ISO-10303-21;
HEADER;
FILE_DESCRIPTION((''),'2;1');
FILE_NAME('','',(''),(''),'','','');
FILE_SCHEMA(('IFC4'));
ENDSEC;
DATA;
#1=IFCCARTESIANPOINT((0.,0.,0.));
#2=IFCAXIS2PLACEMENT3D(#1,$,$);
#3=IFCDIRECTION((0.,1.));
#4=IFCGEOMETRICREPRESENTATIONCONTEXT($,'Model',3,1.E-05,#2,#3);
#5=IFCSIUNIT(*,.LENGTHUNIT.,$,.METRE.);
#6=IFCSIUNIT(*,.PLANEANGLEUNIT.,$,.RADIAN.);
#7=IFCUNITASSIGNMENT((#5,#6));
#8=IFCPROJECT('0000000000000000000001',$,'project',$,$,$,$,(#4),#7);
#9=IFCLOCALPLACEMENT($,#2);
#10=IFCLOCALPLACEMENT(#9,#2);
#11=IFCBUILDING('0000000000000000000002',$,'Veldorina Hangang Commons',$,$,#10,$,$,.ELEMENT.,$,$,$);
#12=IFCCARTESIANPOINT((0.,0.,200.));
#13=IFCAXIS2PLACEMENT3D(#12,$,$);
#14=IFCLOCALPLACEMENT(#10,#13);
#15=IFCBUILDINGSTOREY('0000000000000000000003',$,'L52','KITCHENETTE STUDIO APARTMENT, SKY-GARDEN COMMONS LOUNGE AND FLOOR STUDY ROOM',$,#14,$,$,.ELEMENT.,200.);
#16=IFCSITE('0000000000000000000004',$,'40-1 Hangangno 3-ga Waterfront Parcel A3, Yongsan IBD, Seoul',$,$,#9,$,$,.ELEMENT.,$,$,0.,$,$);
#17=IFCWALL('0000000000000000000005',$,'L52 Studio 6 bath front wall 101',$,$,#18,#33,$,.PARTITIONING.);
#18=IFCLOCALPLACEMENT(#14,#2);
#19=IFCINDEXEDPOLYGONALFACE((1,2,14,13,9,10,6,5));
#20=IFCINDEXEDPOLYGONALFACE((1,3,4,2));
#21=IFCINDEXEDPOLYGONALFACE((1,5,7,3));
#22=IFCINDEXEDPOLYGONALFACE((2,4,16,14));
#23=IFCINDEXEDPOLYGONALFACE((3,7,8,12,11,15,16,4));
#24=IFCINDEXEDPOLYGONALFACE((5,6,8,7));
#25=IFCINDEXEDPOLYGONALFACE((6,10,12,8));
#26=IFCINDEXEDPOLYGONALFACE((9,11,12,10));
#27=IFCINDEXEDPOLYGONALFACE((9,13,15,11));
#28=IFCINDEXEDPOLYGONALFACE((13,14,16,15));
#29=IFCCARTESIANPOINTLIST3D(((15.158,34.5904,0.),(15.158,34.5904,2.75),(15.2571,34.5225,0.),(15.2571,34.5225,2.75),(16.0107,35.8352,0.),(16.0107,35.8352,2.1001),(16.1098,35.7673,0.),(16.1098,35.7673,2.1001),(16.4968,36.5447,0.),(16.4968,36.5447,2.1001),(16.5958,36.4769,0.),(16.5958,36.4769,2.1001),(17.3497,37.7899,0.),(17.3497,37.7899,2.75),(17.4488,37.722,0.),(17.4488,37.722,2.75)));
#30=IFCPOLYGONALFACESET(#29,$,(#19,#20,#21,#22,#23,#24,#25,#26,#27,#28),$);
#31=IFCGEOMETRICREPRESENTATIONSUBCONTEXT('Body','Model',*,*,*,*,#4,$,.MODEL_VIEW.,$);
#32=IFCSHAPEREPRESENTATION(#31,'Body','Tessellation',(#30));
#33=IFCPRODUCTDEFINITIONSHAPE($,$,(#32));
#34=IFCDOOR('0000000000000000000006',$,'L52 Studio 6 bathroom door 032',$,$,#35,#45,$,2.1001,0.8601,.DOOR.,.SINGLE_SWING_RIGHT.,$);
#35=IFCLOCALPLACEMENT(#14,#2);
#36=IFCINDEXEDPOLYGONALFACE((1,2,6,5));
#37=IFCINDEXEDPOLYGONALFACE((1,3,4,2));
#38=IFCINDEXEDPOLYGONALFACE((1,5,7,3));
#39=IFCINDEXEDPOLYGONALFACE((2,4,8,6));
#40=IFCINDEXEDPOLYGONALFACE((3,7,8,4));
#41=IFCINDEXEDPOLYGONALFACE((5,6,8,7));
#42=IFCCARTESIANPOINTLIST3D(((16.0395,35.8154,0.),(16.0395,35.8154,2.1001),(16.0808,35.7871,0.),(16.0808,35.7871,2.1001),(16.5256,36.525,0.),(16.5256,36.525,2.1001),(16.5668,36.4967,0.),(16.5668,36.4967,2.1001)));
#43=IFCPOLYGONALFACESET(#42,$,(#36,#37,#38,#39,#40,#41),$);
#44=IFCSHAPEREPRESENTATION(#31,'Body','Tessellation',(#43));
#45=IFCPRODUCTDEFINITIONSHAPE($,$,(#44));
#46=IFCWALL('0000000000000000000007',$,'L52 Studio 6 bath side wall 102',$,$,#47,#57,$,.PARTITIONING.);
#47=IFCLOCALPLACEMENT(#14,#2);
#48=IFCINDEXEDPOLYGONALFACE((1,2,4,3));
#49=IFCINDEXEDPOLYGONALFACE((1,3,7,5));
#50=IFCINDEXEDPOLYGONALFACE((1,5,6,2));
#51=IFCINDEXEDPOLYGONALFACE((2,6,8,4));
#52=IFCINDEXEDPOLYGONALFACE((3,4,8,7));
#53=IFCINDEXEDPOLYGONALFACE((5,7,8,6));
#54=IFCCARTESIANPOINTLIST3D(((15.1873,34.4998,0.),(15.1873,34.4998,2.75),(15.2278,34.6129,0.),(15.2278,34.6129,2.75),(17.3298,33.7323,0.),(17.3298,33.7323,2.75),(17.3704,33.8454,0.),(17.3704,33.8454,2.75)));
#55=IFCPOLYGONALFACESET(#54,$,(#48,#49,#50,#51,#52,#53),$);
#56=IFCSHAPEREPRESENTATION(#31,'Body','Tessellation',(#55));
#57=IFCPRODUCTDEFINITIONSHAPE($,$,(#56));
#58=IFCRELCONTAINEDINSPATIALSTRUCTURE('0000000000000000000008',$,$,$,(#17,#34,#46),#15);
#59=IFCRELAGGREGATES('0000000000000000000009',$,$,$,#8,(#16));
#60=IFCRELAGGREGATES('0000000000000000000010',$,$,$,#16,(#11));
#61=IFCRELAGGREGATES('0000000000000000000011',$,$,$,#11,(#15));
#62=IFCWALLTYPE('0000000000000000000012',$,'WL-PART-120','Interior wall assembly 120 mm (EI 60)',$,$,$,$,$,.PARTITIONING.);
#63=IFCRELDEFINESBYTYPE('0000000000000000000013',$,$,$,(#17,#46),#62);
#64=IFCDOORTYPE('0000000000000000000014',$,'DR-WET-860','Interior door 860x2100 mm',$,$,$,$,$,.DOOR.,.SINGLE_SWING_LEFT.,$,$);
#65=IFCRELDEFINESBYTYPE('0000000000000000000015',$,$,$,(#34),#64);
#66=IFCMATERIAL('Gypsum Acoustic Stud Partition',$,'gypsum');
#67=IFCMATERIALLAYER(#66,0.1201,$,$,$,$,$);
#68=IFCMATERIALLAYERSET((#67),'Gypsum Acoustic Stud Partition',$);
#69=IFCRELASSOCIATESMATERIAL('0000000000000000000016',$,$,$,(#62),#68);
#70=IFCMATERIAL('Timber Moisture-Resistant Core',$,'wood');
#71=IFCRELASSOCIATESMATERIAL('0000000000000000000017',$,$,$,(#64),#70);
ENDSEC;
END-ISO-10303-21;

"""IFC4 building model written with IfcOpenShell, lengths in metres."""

from ifc_helpers import new_model, si_unit, direction, frame, frame_2d, origin, place, context, subcontext, project, spatial, rectangle, extrude, material, layer, layer_set, type_object, element, fill, save


model = new_model("IFC4")

# Units and contexts
model_context = context("Model", 3, precision=1e-05, world=origin(), true_north=direction((0.0, 1.0)))
body_context = subcontext(model_context, "Body", "Model", "MODEL_VIEW")
ifc_project = project(units=[si_unit("LENGTHUNIT", "METRE"), si_unit("PLANEANGLEUNIT", "RADIAN")], contexts=[model_context])

# Site, building, storey
site_placement = place(None, origin())
site = spatial("IfcSite", under=ifc_project, at=site_placement, Name="40-1 Hangangno 3-ga Waterfront Parcel A3, Yongsan IBD, Seoul", CompositionType="ELEMENT", RefElevation=0.0)
building_placement = place(site_placement, origin())
building = spatial("IfcBuilding", under=site, at=building_placement, Name="Veldorina Hangang Commons", CompositionType="ELEMENT")
storey_placement = place(building_placement, frame((0.0, 0.0, 200.0)))
storey = spatial("IfcBuildingStorey", under=building, at=storey_placement, Name="L52", Description="KITCHENETTE STUDIO APARTMENT, SKY-GARDEN COMMONS LOUNGE AND FLOOR STUDY ROOM", CompositionType="ELEMENT", Elevation=200.0)

# Wall, opening, door
ifc_material_1 = material(Name="Gypsum Acoustic Stud Partition", Category="gypsum")
ifc_layer_1 = layer(ifc_material_1, 0.1201)
ifc_layer_set_1 = layer_set([ifc_layer_1], Name="Gypsum Acoustic Stud Partition")
wall_type_1 = type_object("IfcWallType", Name="WL-PART-120", Description="Interior wall assembly 120 mm (EI 60)", PredefinedType="PARTITIONING", material=ifc_layer_set_1)
wall_1_placement = place(storey_placement, frame((17.3992, 37.7559, 0.0), z_axis=(0.0, 0.0, 1.0), x_axis=(-0.565131, -0.825001, 0.0)))
wall_1 = element("IfcWall", 1, at=wall_1_placement, inside=storey, type_object=wall_type_1, Name="L52 Studio 6 bath front wall 101", PredefinedType="PARTITIONING", context=body_context, shape_type="SweptSolid", body=[
    extrude(rectangle(XDim=3.8782, YDim=0.1201, at=frame_2d((1.939, 0.0))), origin(), (0.0, 0.0, 1.0), 2.75),
])
opening_1_placement = place(wall_1_placement, frame((1.509, 0.0, 0.0)))
opening_1 = element("IfcOpeningElement", 2, at=opening_1_placement, cuts=wall_1, PredefinedType="OPENING", context=body_context, shape_type="SweptSolid", body=[
    extrude(rectangle(XDim=0.8601, YDim=2.1001, at=frame_2d((0.4302, 1.05))), frame((0.0, 0.0701, 0.0), z_axis=(0.0, -1.0, 0.0), x_axis=(1.0, 0.0, 0.0)), (0.0, 0.0, 1.0), 0.1401),
])
ifc_material_2 = material(Name="Timber Moisture-Resistant Core", Category="wood")
door_type_1 = type_object("IfcDoorType", Name="DR-WET-860", Description="Interior door 860x2100 mm", OperationType="SINGLE_SWING_LEFT", PredefinedType="DOOR", material=ifc_material_2)
door_1_placement = place(opening_1_placement, origin())
door_1 = element("IfcDoor", 3, at=door_1_placement, inside=storey, type_object=door_type_1, Name="L52 Studio 6 bathroom door 032", OperationType="SINGLE_SWING_RIGHT", OverallHeight=2.1001, OverallWidth=0.8601, PredefinedType="DOOR", context=body_context, shape_type="SweptSolid", body=[
    extrude(rectangle(XDim=0.8601, YDim=2.1001, at=frame_2d((0.4302, 1.05))), frame((0.0, 0.0249, 0.0), z_axis=(0.0, -1.0, 0.0), x_axis=(1.0, 0.0, 0.0)), (0.0, 0.0, 1.0), 0.05),
])
fill(opening_1, door_1)

# Wall
wall_2_placement = place(storey_placement, frame((17.3501, 33.7888, 0.0), z_axis=(0.0, 0.0, 1.0), x_axis=(-0.941411, 0.33726, 0.0)))
element("IfcWall", 4, at=wall_2_placement, inside=storey, type_object=wall_type_1, Name="L52 Studio 6 bath side wall 102", PredefinedType="PARTITIONING", context=body_context, shape_type="SweptSolid", body=[
    extrude(rectangle(XDim=2.2759, YDim=0.1201, at=frame_2d((1.1379, 0.0))), origin(), (0.0, 0.0, 1.0), 2.75),
])

save(model, "model.ifc")
